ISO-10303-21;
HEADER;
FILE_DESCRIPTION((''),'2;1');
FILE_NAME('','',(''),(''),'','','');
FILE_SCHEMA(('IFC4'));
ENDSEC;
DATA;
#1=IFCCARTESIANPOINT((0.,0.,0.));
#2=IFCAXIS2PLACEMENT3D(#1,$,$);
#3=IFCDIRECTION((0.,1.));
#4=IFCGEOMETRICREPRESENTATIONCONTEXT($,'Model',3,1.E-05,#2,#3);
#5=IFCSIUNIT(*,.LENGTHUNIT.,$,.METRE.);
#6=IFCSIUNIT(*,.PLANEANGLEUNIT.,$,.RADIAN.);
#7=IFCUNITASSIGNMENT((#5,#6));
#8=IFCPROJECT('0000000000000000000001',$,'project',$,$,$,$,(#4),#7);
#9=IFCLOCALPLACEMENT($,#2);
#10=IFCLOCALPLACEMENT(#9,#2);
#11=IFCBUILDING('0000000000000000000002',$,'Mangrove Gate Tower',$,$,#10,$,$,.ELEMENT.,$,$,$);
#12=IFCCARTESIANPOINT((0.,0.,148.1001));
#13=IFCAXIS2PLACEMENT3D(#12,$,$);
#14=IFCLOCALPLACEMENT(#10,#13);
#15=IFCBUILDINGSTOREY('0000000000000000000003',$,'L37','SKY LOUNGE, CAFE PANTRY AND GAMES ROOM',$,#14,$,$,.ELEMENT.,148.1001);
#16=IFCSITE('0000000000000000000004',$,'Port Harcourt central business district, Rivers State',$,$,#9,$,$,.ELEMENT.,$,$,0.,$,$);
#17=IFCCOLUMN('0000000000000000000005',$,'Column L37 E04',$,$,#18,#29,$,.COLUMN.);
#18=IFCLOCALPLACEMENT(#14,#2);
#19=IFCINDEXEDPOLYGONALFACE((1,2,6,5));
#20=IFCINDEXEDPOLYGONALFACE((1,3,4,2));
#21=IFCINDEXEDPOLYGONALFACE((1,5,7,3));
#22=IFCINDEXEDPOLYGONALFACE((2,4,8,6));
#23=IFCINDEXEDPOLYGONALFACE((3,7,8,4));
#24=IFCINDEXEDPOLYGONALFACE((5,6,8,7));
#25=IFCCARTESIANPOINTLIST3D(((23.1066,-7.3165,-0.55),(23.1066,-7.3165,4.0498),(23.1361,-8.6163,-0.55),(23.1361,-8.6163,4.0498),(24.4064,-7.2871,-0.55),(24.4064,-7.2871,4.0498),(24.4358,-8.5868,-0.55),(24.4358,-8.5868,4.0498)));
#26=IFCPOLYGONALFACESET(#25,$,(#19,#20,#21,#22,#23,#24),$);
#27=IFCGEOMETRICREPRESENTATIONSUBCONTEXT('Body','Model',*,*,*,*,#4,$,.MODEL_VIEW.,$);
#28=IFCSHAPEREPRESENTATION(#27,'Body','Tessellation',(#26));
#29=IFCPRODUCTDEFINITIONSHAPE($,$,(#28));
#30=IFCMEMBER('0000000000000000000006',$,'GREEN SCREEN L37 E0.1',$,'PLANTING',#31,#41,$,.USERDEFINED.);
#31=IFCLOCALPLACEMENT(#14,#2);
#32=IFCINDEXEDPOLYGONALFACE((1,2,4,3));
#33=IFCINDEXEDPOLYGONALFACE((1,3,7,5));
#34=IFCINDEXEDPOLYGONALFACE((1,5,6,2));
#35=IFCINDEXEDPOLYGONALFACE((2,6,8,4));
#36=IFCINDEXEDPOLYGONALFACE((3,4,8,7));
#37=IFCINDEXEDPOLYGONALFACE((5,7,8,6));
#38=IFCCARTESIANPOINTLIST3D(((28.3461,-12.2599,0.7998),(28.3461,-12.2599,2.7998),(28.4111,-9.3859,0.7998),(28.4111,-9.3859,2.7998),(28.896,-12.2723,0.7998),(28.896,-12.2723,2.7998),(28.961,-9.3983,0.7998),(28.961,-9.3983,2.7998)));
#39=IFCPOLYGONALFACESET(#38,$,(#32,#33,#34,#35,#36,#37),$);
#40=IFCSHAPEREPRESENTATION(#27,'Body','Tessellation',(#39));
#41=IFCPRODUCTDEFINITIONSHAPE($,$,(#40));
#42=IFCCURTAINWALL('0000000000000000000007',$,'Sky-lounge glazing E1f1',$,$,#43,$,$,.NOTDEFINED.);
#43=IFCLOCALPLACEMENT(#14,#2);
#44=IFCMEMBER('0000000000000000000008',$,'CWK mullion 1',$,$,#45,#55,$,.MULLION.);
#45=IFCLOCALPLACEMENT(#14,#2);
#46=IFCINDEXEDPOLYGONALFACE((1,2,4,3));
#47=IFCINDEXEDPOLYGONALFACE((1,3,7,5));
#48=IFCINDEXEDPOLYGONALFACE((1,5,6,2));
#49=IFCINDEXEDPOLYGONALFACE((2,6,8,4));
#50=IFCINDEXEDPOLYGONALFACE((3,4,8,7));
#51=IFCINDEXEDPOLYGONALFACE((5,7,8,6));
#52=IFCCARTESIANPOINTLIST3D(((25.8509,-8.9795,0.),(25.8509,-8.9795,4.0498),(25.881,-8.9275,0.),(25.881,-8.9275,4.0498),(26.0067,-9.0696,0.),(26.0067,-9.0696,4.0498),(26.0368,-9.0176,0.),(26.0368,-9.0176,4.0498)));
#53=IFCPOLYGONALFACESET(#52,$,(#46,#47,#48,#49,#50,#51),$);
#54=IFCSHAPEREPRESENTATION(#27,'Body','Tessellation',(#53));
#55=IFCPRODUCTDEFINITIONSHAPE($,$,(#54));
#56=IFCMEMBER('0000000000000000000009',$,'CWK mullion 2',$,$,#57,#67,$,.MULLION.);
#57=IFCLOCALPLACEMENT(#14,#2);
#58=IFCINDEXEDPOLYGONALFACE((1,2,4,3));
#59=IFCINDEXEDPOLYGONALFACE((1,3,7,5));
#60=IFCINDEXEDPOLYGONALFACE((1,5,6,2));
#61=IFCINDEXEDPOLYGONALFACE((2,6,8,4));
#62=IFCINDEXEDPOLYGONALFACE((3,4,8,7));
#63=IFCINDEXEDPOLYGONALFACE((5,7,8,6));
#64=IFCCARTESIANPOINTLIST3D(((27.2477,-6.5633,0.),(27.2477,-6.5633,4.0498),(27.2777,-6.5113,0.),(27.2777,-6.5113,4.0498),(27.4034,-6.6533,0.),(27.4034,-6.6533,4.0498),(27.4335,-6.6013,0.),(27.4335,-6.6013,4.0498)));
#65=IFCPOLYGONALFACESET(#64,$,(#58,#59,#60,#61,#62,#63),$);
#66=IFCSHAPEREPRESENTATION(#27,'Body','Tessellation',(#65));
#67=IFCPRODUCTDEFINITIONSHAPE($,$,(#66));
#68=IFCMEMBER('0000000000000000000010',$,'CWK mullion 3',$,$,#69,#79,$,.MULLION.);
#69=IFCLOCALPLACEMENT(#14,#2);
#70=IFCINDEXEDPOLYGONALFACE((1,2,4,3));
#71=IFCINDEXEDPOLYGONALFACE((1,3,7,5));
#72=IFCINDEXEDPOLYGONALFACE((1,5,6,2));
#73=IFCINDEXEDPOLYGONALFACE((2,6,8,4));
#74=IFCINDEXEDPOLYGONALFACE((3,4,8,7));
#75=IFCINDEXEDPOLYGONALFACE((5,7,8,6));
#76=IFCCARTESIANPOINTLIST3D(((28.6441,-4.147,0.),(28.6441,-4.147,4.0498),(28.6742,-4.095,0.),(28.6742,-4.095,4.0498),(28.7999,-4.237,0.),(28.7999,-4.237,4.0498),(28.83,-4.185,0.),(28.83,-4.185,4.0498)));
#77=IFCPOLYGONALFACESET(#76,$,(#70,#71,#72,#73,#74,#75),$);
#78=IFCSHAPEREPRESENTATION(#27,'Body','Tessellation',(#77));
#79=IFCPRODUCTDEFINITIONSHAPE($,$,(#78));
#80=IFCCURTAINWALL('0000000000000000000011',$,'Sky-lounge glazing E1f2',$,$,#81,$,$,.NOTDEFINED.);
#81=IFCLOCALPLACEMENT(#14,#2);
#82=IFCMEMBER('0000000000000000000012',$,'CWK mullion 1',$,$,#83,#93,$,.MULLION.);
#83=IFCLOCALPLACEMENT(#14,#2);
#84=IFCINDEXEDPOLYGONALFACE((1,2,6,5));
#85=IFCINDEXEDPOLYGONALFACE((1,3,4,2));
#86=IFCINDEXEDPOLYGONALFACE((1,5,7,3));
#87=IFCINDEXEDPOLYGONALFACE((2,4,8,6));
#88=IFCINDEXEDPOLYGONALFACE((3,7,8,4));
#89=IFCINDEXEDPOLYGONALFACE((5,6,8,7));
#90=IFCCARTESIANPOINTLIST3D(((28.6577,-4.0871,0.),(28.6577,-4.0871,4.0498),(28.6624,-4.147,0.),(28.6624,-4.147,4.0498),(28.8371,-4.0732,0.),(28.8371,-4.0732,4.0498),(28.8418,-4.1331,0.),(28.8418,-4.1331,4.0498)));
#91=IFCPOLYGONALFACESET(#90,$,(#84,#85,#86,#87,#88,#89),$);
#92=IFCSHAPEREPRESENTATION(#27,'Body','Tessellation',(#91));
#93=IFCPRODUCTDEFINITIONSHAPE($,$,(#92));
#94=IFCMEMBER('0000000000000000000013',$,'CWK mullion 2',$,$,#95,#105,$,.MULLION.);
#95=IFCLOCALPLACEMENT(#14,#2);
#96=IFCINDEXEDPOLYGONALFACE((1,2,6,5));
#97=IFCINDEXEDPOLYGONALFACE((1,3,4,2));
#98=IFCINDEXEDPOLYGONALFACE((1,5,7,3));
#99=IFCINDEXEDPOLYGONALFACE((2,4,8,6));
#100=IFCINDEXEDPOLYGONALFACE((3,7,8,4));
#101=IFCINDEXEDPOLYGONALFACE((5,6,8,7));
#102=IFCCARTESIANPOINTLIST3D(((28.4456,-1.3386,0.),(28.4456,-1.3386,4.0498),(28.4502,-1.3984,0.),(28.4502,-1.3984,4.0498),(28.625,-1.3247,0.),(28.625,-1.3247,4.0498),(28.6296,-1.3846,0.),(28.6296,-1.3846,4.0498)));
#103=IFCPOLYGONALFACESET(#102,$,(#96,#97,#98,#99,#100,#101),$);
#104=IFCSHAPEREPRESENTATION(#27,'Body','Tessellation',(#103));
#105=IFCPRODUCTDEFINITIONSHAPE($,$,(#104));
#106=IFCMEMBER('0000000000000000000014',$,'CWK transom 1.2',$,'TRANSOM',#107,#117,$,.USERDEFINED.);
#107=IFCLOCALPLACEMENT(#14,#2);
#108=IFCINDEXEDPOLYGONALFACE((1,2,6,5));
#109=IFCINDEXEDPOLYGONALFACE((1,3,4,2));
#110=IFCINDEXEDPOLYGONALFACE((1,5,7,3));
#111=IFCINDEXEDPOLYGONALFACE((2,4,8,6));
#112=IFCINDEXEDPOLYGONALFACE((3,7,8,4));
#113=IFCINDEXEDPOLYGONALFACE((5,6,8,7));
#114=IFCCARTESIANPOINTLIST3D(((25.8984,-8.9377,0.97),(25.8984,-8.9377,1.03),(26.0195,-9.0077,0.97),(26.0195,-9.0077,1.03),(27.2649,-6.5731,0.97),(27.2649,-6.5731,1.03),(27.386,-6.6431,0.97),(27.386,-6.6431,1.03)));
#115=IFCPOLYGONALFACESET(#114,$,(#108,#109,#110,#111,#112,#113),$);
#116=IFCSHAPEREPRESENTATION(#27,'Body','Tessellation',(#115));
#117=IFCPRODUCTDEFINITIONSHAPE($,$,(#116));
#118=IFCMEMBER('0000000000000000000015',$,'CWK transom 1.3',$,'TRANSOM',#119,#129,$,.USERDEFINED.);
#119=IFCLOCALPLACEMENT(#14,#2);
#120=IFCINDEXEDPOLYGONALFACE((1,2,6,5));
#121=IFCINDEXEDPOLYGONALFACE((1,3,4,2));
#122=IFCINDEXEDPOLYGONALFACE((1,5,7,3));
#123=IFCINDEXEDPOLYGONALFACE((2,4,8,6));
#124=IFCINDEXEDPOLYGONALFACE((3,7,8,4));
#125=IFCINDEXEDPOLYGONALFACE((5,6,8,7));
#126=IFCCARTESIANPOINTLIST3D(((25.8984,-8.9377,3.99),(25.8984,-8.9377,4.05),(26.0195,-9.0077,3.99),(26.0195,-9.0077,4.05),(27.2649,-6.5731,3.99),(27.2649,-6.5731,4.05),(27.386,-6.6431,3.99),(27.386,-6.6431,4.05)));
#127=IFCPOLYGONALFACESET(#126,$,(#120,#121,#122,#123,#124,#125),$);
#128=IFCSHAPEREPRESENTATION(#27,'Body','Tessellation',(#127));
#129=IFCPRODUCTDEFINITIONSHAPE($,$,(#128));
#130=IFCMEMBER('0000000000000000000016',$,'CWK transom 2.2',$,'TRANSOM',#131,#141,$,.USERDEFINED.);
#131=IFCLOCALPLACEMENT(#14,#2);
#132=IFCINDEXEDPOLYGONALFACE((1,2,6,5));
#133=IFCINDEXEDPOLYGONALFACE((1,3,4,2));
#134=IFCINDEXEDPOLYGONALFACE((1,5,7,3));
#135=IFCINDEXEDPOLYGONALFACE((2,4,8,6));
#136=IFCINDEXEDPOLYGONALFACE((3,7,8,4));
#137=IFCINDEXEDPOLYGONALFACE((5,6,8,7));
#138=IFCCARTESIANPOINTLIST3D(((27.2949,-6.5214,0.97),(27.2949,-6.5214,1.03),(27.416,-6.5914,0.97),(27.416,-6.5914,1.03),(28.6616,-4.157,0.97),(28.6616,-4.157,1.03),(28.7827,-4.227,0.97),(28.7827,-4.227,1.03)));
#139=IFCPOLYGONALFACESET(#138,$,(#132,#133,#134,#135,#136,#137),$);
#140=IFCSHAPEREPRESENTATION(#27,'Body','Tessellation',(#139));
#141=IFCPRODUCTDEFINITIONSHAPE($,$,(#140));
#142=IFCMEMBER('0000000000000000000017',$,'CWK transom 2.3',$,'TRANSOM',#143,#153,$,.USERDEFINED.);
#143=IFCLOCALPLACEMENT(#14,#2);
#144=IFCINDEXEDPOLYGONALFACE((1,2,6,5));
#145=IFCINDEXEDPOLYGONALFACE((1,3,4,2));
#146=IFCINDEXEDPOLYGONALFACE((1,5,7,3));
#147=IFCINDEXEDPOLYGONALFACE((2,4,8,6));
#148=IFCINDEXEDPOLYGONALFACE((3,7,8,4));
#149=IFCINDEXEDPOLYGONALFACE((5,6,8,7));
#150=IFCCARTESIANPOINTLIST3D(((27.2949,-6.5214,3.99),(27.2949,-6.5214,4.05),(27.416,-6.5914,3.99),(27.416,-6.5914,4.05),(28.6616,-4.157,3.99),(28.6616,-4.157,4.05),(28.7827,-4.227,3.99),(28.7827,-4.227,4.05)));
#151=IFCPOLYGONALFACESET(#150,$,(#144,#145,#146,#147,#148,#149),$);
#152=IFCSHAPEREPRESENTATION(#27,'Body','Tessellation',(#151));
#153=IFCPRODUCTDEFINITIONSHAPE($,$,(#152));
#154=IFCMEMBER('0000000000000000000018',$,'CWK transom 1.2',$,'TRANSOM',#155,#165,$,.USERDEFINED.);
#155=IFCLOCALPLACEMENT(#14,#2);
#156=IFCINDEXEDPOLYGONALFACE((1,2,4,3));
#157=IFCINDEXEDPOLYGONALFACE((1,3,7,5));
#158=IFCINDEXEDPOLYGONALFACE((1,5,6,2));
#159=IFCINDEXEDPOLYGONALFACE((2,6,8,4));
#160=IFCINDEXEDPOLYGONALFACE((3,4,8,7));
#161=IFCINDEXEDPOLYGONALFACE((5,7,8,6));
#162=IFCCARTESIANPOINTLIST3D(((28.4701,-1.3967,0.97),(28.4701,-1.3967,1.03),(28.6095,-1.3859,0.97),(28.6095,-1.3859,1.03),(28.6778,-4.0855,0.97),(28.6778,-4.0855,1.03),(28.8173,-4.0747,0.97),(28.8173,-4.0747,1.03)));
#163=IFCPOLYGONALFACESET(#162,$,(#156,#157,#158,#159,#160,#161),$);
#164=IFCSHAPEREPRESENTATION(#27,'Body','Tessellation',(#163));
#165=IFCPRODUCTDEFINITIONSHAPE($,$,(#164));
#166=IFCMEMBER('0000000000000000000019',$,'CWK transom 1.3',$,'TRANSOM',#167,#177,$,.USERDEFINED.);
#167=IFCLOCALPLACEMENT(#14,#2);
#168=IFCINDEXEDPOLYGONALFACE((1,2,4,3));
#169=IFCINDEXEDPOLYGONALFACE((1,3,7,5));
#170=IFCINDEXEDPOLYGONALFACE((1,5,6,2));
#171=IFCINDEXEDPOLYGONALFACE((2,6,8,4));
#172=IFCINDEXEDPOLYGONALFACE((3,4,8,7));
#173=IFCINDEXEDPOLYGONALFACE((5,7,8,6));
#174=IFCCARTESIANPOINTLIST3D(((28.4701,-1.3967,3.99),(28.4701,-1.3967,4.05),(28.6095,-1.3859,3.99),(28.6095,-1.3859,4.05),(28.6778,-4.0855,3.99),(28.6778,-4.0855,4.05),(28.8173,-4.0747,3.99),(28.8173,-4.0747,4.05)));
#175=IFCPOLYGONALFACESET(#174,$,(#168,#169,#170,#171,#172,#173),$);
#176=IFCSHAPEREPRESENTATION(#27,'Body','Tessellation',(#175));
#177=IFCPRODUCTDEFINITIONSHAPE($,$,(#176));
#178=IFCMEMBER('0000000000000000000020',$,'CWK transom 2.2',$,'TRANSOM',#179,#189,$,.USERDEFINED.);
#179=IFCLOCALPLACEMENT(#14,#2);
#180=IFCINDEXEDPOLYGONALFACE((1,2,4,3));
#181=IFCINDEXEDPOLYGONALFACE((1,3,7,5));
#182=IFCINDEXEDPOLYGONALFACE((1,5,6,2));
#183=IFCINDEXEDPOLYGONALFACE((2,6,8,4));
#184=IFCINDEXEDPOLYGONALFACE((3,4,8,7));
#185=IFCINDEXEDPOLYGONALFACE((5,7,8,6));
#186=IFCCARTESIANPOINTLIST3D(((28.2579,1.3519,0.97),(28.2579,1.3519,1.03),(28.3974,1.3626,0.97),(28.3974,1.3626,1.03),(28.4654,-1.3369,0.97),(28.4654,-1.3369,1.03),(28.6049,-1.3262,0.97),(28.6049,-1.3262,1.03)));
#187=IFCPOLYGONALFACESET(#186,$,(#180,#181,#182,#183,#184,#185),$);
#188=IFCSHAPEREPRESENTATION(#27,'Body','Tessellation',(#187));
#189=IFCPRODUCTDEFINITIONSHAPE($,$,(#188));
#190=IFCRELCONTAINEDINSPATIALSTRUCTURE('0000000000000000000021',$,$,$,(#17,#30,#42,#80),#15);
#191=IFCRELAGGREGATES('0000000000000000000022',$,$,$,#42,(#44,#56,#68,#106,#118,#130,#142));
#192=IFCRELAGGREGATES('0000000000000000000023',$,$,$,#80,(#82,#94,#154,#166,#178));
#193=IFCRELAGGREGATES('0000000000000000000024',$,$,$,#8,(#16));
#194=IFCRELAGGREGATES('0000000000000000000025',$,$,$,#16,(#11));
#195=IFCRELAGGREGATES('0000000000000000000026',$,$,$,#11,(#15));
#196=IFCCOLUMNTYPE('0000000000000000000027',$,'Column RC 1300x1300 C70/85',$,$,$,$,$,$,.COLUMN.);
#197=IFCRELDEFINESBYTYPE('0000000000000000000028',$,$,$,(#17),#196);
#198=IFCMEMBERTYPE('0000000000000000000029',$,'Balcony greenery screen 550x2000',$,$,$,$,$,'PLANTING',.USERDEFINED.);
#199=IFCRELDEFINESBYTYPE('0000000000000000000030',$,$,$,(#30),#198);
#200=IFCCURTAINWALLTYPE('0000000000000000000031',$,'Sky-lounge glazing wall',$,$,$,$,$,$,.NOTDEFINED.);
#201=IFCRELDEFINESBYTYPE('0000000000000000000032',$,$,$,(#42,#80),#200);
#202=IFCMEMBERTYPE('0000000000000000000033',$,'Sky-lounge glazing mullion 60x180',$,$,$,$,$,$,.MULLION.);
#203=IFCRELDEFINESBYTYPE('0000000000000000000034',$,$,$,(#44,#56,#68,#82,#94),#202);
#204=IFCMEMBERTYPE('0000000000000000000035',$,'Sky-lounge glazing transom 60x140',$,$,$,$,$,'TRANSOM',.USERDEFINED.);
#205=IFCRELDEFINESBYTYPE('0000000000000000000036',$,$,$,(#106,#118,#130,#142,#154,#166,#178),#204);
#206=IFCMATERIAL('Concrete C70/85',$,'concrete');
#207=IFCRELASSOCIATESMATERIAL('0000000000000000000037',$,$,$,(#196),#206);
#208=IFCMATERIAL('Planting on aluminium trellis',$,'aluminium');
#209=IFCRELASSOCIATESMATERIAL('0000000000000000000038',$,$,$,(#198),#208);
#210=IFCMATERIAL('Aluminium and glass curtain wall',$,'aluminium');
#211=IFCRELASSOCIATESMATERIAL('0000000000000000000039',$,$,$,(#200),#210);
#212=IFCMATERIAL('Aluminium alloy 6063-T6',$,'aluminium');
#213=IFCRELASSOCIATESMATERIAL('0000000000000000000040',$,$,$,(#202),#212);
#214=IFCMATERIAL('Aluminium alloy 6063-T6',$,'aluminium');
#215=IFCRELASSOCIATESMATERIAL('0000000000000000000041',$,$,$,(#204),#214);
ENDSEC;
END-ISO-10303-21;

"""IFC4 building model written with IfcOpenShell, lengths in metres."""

from ifc_helpers import new_model, si_unit, direction, frame, origin, origin_2d, place, context, subcontext, project, spatial, rectangle, extrude, material, material_profile, profile_set, type_object, element, aggregate, save


model = new_model("IFC4")

# Units and contexts
model_context = context("Model", 3, precision=1e-05, world=origin(), true_north=direction((0.0, 1.0)))
body_context = subcontext(model_context, "Body", "Model", "MODEL_VIEW")
ifc_project = project(units=[si_unit("LENGTHUNIT", "METRE"), si_unit("PLANEANGLEUNIT", "RADIAN")], contexts=[model_context])

# Site, building, storey
site_placement = place(None, origin())
site = spatial("IfcSite", under=ifc_project, at=site_placement, Name="Port Harcourt central business district, Rivers State", CompositionType="ELEMENT", RefElevation=0.0)
building_placement = place(site_placement, origin())
building = spatial("IfcBuilding", under=site, at=building_placement, Name="Mangrove Gate Tower", CompositionType="ELEMENT")
storey_placement = place(building_placement, frame((0.0, 0.0, 148.1001)))
storey = spatial("IfcBuildingStorey", under=building, at=storey_placement, Name="L37", Description="SKY LOUNGE, CAFE PANTRY AND GAMES ROOM", CompositionType="ELEMENT", Elevation=148.1001)

# Column
ifc_material_1 = material(Name="Concrete C70/85", Category="concrete")
ifc_material_profile_1 = material_profile(ifc_material_1, rectangle(XDim=1.3, YDim=1.3, at=origin_2d()))
ifc_profile_set_1 = profile_set([ifc_material_profile_1], Name="Concrete C70/85")
column_type = type_object("IfcColumnType", Name="Column RC 1300x1300 C70/85", PredefinedType="COLUMN", material=ifc_profile_set_1)
column_placement = place(storey_placement, frame((23.7712, -7.9517, -0.55), z_axis=(0.0, 0.0, 1.0), x_axis=(-0.022685, 0.999743, 0.0)))
element("IfcColumn", 1, at=column_placement, inside=storey, type_object=column_type, Name="Column L37 E04", PredefinedType="COLUMN", context=body_context, shape_type="SweptSolid", body=[
    extrude(rectangle(XDim=1.3, YDim=1.3, at=origin_2d()), origin(), (0.0, 0.0, 1.0), 4.5999),
])

# Member
ifc_material_2 = material(Name="Planting on aluminium trellis", Category="aluminium")
ifc_material_profile_2 = material_profile(ifc_material_2, rectangle(XDim=0.55, YDim=2.0, at=origin_2d()))
ifc_profile_set_2 = profile_set([ifc_material_profile_2], Name="Planting on aluminium trellis")
member_type_1 = type_object("IfcMemberType", Name="Balcony greenery screen 550x2000", ElementType="PLANTING", PredefinedType="USERDEFINED", material=ifc_profile_set_2)
member_1_placement = place(storey_placement, frame((28.6211, -12.2661, 1.7998), z_axis=(0.02259, 0.999745, 0.0), x_axis=(-0.999745, 0.02259, 0.0)))
element("IfcMember", 2, at=member_1_placement, inside=storey, type_object=member_type_1, Name="GREEN SCREEN L37 E0.1", ObjectType="PLANTING", PredefinedType="USERDEFINED", context=body_context, shape_type="SweptSolid", body=[
    extrude(rectangle(XDim=0.55, YDim=2.0, at=origin_2d()), origin(), (0.0, 0.0, 1.0), 2.8748),
])

# Curtain walls, members
ifc_material_3 = material(Name="Aluminium and glass curtain wall", Category="aluminium")
curtain_wall_type = type_object("IfcCurtainWallType", Name="Sky-lounge glazing wall", PredefinedType="NOTDEFINED", material=ifc_material_3)
curtain_wall_1_placement = place(storey_placement, origin())
curtain_wall_1 = element("IfcCurtainWall", 3, at=curtain_wall_1_placement, inside=storey, type_object=curtain_wall_type, Name="Sky-lounge glazing E1f1", PredefinedType="NOTDEFINED")
ifc_material_4 = material(Name="Aluminium alloy 6063-T6", Category="aluminium")
ifc_material_profile_3 = material_profile(ifc_material_4, rectangle(XDim=0.0601, YDim=0.1799, at=origin_2d()))
ifc_profile_set_3 = profile_set([ifc_material_profile_3], Name="Aluminium alloy 6063-T6")
member_type_2 = type_object("IfcMemberType", Name="Sky-lounge glazing mullion 60x180", PredefinedType="MULLION", material=ifc_profile_set_3)
member_2_placement = place(storey_placement, frame((25.9438, -8.9985, 0.0), z_axis=(0.0, 0.0, 1.0), x_axis=(0.500418, 0.865784, 0.0)))
member_2 = element("IfcMember", 4, at=member_2_placement, type_object=member_type_2, Name="CWK mullion 1", PredefinedType="MULLION", context=body_context, shape_type="SweptSolid", body=[
    extrude(rectangle(XDim=0.0601, YDim=0.1799, at=origin_2d()), origin(), (0.0, 0.0, 1.0), 4.0498),
])
member_3_placement = place(storey_placement, frame((27.3406, -6.5823, 0.0), z_axis=(0.0, 0.0, 1.0), x_axis=(0.500418, 0.865784, 0.0)))
member_3 = element("IfcMember", 5, at=member_3_placement, type_object=member_type_2, Name="CWK mullion 2", PredefinedType="MULLION", context=body_context, shape_type="SweptSolid", body=[
    extrude(rectangle(XDim=0.0601, YDim=0.1799, at=origin_2d()), origin(), (0.0, 0.0, 1.0), 4.0498),
])
member_4_placement = place(storey_placement, frame((28.7371, -4.166, 0.0), z_axis=(0.0, 0.0, 1.0), x_axis=(0.500418, 0.865784, 0.0)))
member_4 = element("IfcMember", 6, at=member_4_placement, type_object=member_type_2, Name="CWK mullion 3", PredefinedType="MULLION", context=body_context, shape_type="SweptSolid", body=[
    extrude(rectangle(XDim=0.0601, YDim=0.1799, at=origin_2d()), origin(), (0.0, 0.0, 1.0), 4.0498),
])
curtain_wall_2_placement = place(storey_placement, origin())
curtain_wall_2 = element("IfcCurtainWall", 7, at=curtain_wall_2_placement, inside=storey, type_object=curtain_wall_type, Name="Sky-lounge glazing E1f2", PredefinedType="NOTDEFINED")
member_5_placement = place(storey_placement, frame((28.7498, -4.1101, 0.0), z_axis=(0.0, 0.0, 1.0), x_axis=(-0.077023, 0.997029, 0.0)))
member_5 = element("IfcMember", 8, at=member_5_placement, type_object=member_type_2, Name="CWK mullion 1", PredefinedType="MULLION", context=body_context, shape_type="SweptSolid", body=[
    extrude(rectangle(XDim=0.0601, YDim=0.1799, at=origin_2d()), origin(), (0.0, 0.0, 1.0), 4.0498),
])
member_6_placement = place(storey_placement, frame((28.5376, -1.3616, 0.0), z_axis=(0.0, 0.0, 1.0), x_axis=(-0.077023, 0.997029, 0.0)))
member_6 = element("IfcMember", 9, at=member_6_placement, type_object=member_type_2, Name="CWK mullion 2", PredefinedType="MULLION", context=body_context, shape_type="SweptSolid", body=[
    extrude(rectangle(XDim=0.0601, YDim=0.1799, at=origin_2d()), origin(), (0.0, 0.0, 1.0), 4.0498),
])

# Members
ifc_material_5 = material(Name="Aluminium alloy 6063-T6", Category="aluminium")
ifc_material_profile_4 = material_profile(ifc_material_5, rectangle(XDim=0.0601, YDim=0.1399, at=origin_2d()))
ifc_profile_set_4 = profile_set([ifc_material_profile_4], Name="Aluminium alloy 6063-T6")
member_type_3 = type_object("IfcMemberType", Name="Sky-lounge glazing transom 60x140", ElementType="TRANSOM", PredefinedType="USERDEFINED", material=ifc_profile_set_4)
member_7_placement = place(storey_placement, frame((25.959, -8.9727, 1.0), z_axis=(0.50036, 0.865818, 0.0), x_axis=(0.0, 0.0, 1.0)))
member_7 = element("IfcMember", 10, at=member_7_placement, type_object=member_type_3, Name="CWK transom 1.2", ObjectType="TRANSOM", PredefinedType="USERDEFINED", context=body_context, shape_type="SweptSolid", body=[
    extrude(rectangle(XDim=0.0601, YDim=0.1399, at=origin_2d()), origin(), (0.0, 0.0, 1.0), 2.731),
])
member_8_placement = place(storey_placement, frame((25.959, -8.9727, 4.02), z_axis=(0.50036, 0.865818, 0.0), x_axis=(0.0, 0.0, 1.0)))
member_8 = element("IfcMember", 11, at=member_8_placement, type_object=member_type_3, Name="CWK transom 1.3", ObjectType="TRANSOM", PredefinedType="USERDEFINED", context=body_context, shape_type="SweptSolid", body=[
    extrude(rectangle(XDim=0.0601, YDim=0.1399, at=origin_2d()), origin(), (0.0, 0.0, 1.0), 2.731),
])
member_9_placement = place(storey_placement, frame((27.3555, -6.5564, 1.0), z_axis=(0.500427, 0.865779, 0.0), x_axis=(0.0, 0.0, 1.0)))
member_9 = element("IfcMember", 12, at=member_9_placement, type_object=member_type_3, Name="CWK transom 2.2", ObjectType="TRANSOM", PredefinedType="USERDEFINED", context=body_context, shape_type="SweptSolid", body=[
    extrude(rectangle(XDim=0.0601, YDim=0.1399, at=origin_2d()), origin(), (0.0, 0.0, 1.0), 2.731),
])
member_10_placement = place(storey_placement, frame((27.3555, -6.5564, 4.02), z_axis=(0.500427, 0.865779, 0.0), x_axis=(0.0, 0.0, 1.0)))
member_10 = element("IfcMember", 13, at=member_10_placement, type_object=member_type_3, Name="CWK transom 2.3", ObjectType="TRANSOM", PredefinedType="USERDEFINED", context=body_context, shape_type="SweptSolid", body=[
    extrude(rectangle(XDim=0.0601, YDim=0.1399, at=origin_2d()), origin(), (0.0, 0.0, 1.0), 2.731),
])
member_11_placement = place(storey_placement, frame((28.7476, -4.0801, 1.0), z_axis=(-0.077043, 0.997028, 0.0), x_axis=(0.0, 0.0, 1.0)))
member_11 = element("IfcMember", 14, at=member_11_placement, type_object=member_type_3, Name="CWK transom 1.2", ObjectType="TRANSOM", PredefinedType="USERDEFINED", context=body_context, shape_type="SweptSolid", body=[
    extrude(rectangle(XDim=0.0601, YDim=0.1399, at=origin_2d()), origin(), (0.0, 0.0, 1.0), 2.6968),
])
member_12_placement = place(storey_placement, frame((28.7476, -4.0801, 4.02), z_axis=(-0.077043, 0.997028, 0.0), x_axis=(0.0, 0.0, 1.0)))
member_12 = element("IfcMember", 15, at=member_12_placement, type_object=member_type_3, Name="CWK transom 1.3", ObjectType="TRANSOM", PredefinedType="USERDEFINED", context=body_context, shape_type="SweptSolid", body=[
    extrude(rectangle(XDim=0.0601, YDim=0.1399, at=origin_2d()), origin(), (0.0, 0.0, 1.0), 2.6968),
])
member_13_placement = place(storey_placement, frame((28.5352, -1.3315, 1.0), z_axis=(-0.076953, 0.997035, 0.0), x_axis=(0.0, 0.0, 1.0)))
member_13 = element("IfcMember", 16, at=member_13_placement, type_object=member_type_3, Name="CWK transom 2.2", ObjectType="TRANSOM", PredefinedType="USERDEFINED", context=body_context, shape_type="SweptSolid", body=[
    extrude(rectangle(XDim=0.0601, YDim=0.1399, at=origin_2d()), origin(), (0.0, 0.0, 1.0), 2.6968),
])

aggregate(curtain_wall_1, [member_2, member_3, member_4, member_7, member_8, member_9, member_10])
aggregate(curtain_wall_2, [member_5, member_6, member_11, member_12, member_13])

save(model, "model.ifc")
